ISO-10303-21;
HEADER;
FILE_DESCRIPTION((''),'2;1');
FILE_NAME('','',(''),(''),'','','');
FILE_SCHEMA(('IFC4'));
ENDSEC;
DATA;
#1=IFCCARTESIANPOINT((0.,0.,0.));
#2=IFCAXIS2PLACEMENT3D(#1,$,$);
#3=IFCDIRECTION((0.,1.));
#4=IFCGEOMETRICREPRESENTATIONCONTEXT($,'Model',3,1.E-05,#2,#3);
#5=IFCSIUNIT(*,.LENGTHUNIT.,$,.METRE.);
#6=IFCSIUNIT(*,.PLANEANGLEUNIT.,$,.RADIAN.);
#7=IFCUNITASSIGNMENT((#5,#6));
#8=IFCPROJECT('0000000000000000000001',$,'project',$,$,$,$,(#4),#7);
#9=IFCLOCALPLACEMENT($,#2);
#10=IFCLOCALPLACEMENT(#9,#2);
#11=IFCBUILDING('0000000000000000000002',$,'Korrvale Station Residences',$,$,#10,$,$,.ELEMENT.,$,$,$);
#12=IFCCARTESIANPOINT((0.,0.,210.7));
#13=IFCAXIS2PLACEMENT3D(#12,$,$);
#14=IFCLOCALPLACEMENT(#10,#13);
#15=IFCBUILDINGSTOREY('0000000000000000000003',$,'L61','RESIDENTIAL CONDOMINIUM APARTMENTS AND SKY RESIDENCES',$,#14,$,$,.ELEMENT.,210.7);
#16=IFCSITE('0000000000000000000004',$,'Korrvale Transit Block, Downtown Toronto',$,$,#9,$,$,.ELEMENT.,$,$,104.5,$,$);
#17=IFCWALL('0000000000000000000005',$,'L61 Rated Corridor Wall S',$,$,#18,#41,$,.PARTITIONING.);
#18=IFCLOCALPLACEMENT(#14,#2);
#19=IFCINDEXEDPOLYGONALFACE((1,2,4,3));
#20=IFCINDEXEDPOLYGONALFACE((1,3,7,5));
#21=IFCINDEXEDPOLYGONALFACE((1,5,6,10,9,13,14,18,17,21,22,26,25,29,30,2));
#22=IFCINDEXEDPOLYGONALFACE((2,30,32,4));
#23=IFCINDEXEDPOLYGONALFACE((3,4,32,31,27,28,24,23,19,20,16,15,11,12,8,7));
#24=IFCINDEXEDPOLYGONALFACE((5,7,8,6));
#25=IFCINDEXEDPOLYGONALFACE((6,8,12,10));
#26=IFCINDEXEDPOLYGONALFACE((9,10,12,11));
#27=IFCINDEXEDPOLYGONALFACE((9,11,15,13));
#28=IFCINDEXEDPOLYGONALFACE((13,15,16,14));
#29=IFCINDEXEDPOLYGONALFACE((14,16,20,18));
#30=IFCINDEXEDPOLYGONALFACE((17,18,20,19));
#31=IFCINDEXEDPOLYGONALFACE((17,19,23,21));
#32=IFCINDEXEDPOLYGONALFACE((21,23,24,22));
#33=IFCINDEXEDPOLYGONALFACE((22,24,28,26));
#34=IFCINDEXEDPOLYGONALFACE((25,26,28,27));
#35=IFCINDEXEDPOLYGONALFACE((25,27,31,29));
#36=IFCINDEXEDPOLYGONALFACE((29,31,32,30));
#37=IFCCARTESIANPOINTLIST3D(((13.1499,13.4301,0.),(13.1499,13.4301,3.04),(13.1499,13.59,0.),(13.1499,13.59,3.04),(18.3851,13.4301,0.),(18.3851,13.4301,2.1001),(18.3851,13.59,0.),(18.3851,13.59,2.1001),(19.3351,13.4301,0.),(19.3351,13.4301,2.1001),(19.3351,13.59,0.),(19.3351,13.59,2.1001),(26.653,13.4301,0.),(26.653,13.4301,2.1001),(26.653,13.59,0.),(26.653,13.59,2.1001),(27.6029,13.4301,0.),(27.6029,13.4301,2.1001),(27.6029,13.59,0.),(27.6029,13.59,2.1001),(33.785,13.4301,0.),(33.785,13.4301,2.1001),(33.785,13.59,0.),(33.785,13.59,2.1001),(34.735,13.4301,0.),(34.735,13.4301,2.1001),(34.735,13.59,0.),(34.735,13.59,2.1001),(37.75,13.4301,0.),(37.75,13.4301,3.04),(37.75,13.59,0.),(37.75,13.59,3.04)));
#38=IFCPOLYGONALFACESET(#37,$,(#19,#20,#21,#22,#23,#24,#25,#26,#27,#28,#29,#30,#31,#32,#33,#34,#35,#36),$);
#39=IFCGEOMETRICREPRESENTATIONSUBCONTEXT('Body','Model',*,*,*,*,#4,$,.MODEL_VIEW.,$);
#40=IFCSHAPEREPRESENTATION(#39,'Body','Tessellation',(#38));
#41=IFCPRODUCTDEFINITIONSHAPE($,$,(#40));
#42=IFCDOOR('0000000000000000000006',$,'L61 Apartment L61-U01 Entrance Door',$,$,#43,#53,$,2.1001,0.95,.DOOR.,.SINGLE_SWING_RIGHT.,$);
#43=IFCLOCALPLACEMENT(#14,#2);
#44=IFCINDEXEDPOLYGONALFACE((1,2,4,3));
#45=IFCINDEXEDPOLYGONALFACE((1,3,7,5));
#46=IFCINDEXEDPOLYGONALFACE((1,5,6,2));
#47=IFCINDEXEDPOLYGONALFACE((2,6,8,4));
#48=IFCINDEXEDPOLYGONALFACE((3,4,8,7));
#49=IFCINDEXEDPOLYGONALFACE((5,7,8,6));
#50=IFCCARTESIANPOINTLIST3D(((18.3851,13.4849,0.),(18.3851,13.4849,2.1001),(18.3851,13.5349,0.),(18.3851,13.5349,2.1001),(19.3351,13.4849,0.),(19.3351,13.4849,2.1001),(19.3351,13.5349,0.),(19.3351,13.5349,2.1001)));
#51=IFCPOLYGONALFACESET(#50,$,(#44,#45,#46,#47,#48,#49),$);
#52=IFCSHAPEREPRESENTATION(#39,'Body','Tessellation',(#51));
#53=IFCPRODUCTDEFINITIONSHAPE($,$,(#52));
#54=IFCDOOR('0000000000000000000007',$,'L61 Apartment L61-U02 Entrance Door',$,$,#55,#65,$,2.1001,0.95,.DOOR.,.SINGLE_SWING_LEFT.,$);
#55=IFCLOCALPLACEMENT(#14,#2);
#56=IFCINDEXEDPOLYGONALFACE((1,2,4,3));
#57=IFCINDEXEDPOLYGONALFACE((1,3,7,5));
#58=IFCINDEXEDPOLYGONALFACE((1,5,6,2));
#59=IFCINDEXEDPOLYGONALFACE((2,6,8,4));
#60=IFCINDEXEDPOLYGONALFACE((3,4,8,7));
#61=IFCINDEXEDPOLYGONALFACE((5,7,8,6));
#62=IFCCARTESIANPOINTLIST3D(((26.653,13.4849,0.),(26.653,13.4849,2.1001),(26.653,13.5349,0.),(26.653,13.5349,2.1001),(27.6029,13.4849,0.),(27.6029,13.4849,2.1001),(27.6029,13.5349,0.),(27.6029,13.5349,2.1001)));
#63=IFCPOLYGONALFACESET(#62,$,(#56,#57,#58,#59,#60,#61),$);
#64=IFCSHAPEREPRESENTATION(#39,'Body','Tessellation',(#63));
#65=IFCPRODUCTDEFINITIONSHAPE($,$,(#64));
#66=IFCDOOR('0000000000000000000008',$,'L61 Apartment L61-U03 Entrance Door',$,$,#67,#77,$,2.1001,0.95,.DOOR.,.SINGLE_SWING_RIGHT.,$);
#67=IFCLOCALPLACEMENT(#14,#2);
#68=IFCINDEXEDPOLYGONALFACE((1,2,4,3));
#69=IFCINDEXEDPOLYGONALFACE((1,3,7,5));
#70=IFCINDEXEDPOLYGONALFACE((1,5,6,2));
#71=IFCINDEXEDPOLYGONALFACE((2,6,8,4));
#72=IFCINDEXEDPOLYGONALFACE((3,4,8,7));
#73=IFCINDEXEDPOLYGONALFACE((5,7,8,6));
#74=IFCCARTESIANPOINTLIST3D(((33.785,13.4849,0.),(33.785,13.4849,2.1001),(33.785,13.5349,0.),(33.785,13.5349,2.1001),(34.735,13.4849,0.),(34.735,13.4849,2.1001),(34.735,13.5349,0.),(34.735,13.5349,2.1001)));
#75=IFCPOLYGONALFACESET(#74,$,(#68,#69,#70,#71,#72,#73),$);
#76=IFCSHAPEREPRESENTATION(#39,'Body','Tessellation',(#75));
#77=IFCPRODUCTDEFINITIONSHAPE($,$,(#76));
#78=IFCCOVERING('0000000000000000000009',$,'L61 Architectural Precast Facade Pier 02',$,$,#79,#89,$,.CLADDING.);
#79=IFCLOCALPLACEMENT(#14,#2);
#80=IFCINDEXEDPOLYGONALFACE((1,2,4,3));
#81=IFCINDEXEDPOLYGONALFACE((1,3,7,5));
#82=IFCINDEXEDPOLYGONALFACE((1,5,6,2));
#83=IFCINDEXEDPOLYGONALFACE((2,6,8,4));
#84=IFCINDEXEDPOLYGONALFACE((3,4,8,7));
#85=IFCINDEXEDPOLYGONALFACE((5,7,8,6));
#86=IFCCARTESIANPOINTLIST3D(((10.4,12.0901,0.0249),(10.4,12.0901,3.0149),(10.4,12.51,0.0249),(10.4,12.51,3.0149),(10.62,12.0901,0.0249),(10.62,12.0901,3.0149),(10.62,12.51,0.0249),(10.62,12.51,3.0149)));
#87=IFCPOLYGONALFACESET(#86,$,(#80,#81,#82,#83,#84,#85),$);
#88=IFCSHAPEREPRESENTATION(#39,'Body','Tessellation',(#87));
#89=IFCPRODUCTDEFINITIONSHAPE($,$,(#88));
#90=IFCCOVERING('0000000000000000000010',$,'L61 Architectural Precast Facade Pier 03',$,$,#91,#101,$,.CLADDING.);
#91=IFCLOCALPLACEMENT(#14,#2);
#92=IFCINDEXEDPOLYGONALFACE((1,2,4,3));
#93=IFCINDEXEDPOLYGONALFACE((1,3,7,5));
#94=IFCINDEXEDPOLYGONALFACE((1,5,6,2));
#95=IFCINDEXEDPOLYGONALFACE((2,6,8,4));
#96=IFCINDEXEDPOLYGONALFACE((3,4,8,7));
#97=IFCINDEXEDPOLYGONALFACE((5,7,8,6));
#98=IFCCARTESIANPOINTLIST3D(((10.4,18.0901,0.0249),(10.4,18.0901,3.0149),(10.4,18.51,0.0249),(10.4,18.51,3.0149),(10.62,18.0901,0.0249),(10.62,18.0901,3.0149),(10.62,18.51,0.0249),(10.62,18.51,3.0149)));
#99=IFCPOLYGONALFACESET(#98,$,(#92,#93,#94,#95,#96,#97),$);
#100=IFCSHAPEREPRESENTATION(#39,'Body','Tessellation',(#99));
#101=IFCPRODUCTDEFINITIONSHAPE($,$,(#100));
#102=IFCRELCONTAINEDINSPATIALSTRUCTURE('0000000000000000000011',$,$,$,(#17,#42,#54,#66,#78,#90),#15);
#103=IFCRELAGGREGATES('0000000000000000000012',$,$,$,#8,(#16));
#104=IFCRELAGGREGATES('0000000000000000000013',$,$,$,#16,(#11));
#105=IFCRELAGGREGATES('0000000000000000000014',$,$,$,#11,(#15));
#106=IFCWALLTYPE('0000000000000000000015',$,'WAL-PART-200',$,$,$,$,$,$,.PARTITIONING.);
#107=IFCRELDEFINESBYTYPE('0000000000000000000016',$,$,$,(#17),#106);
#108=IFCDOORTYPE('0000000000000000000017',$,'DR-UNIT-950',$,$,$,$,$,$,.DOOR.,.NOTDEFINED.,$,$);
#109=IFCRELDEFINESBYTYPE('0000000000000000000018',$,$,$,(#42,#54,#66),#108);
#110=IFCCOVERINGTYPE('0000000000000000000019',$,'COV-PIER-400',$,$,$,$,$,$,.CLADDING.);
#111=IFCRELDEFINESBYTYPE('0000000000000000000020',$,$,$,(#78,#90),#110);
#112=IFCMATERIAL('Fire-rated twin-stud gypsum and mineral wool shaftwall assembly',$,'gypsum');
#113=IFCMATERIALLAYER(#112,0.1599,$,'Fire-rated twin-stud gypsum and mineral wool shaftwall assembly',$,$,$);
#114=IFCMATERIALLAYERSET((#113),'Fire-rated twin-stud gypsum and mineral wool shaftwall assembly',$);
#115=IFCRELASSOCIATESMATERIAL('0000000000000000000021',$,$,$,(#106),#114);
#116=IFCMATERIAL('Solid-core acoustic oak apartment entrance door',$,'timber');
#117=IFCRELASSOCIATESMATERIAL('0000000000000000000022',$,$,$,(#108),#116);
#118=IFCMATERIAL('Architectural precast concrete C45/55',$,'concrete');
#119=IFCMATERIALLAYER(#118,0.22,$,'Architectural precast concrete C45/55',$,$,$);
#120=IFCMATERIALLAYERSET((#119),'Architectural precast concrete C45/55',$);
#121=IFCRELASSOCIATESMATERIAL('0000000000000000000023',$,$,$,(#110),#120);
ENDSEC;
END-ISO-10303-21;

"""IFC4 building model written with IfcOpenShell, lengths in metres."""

from ifc_helpers import new_model, si_unit, direction, frame, frame_2d, origin, origin_2d, place, context, subcontext, project, spatial, rectangle, extrude, material, layer, layer_set, type_object, element, fill, save


model = new_model("IFC4")

# Units and contexts
model_context = context("Model", 3, precision=1e-05, world=origin(), true_north=direction((0.0, 1.0)))
body_context = subcontext(model_context, "Body", "Model", "MODEL_VIEW")
ifc_project = project(units=[si_unit("LENGTHUNIT", "METRE"), si_unit("PLANEANGLEUNIT", "RADIAN")], contexts=[model_context])

# Site, building, storey
site_placement = place(None, origin())
site = spatial("IfcSite", under=ifc_project, at=site_placement, Name="Korrvale Transit Block, Downtown Toronto", CompositionType="ELEMENT", RefElevation=104.5)
building_placement = place(site_placement, origin())
building = spatial("IfcBuilding", under=site, at=building_placement, Name="Korrvale Station Residences", CompositionType="ELEMENT")
storey_placement = place(building_placement, frame((0.0, 0.0, 210.7)))
storey = spatial("IfcBuildingStorey", under=building, at=storey_placement, Name="L61", Description="RESIDENTIAL CONDOMINIUM APARTMENTS AND SKY RESIDENCES", CompositionType="ELEMENT", Elevation=210.7)

# Shared definitions
ifc_material_1 = material(Name="Fire-rated twin-stud gypsum and mineral wool shaftwall assembly", Category="gypsum")
ifc_layer_1 = layer(ifc_material_1, 0.1599, Name="Fire-rated twin-stud gypsum and mineral wool shaftwall assembly")
ifc_layer_set_1 = layer_set([ifc_layer_1], Name="Fire-rated twin-stud gypsum and mineral wool shaftwall assembly")
wall_type_1 = type_object("IfcWallType", Name="WAL-PART-200", PredefinedType="PARTITIONING", material=ifc_layer_set_1)

# Shared definitions
ifc_material_2 = material(Name="Solid-core acoustic oak apartment entrance door", Category="timber")
door_type_1 = type_object("IfcDoorType", Name="DR-UNIT-950", OperationType="NOTDEFINED", PredefinedType="DOOR", material=ifc_material_2)

# Wall, openings, doors
wall_1_placement = place(storey_placement, frame((13.1499, 13.51, 0.0), z_axis=(0.0, 0.0, 1.0), x_axis=(1.0, 0.0, 0.0)))
wall_1 = element("IfcWall", 1, at=wall_1_placement, inside=storey, type_object=wall_type_1, Name="L61 Rated Corridor Wall S", PredefinedType="PARTITIONING", context=body_context, shape_type="SweptSolid", body=[
    extrude(rectangle(XDim=24.6001, YDim=0.1599, at=frame_2d((12.3, 0.0))), origin(), (0.0, 0.0, 1.0), 3.04),
])
opening_1_placement = place(wall_1_placement, frame((5.2351, 0.0, 0.0)))
opening_1 = element("IfcOpeningElement", 2, at=opening_1_placement, cuts=wall_1, PredefinedType="OPENING", context=body_context, shape_type="SweptSolid", body=[
    extrude(rectangle(XDim=0.95, YDim=2.1001, at=frame_2d((0.4751, 1.05))), frame((0.0, 0.0898, 0.0), z_axis=(0.0, -1.0, 0.0), x_axis=(1.0, 0.0, 0.0)), (0.0, 0.0, 1.0), 0.1799),
])
opening_2_placement = place(wall_1_placement, frame((13.5029, 0.0, 0.0)))
opening_2 = element("IfcOpeningElement", 3, at=opening_2_placement, cuts=wall_1, PredefinedType="OPENING", context=body_context, shape_type="SweptSolid", body=[
    extrude(rectangle(XDim=0.95, YDim=2.1001, at=frame_2d((0.4751, 1.05))), frame((0.0, 0.0898, 0.0), z_axis=(0.0, -1.0, 0.0), x_axis=(1.0, 0.0, 0.0)), (0.0, 0.0, 1.0), 0.1799),
])
opening_3_placement = place(wall_1_placement, frame((20.635, 0.0, 0.0)))
opening_3 = element("IfcOpeningElement", 4, at=opening_3_placement, cuts=wall_1, PredefinedType="OPENING", context=body_context, shape_type="SweptSolid", body=[
    extrude(rectangle(XDim=0.95, YDim=2.1001, at=frame_2d((0.4751, 1.05))), frame((0.0, 0.0898, 0.0), z_axis=(0.0, -1.0, 0.0), x_axis=(1.0, 0.0, 0.0)), (0.0, 0.0, 1.0), 0.1799),
])
door_1_placement = place(opening_1_placement, origin())
door_1 = element("IfcDoor", 5, at=door_1_placement, inside=storey, type_object=door_type_1, Name="L61 Apartment L61-U01 Entrance Door", OperationType="SINGLE_SWING_RIGHT", OverallHeight=2.1001, OverallWidth=0.95, PredefinedType="DOOR", context=body_context, shape_type="SweptSolid", body=[
    extrude(rectangle(XDim=0.95, YDim=2.1001, at=frame_2d((0.4751, 1.05))), frame((0.0, 0.0249, 0.0), z_axis=(0.0, -1.0, 0.0), x_axis=(1.0, 0.0, 0.0)), (0.0, 0.0, 1.0), 0.05),
])
fill(opening_1, door_1)
door_2_placement = place(opening_2_placement, origin())
door_2 = element("IfcDoor", 6, at=door_2_placement, inside=storey, type_object=door_type_1, Name="L61 Apartment L61-U02 Entrance Door", OperationType="SINGLE_SWING_LEFT", OverallHeight=2.1001, OverallWidth=0.95, PredefinedType="DOOR", context=body_context, shape_type="SweptSolid", body=[
    extrude(rectangle(XDim=0.95, YDim=2.1001, at=frame_2d((0.4751, 1.05))), frame((0.0, 0.0249, 0.0), z_axis=(0.0, -1.0, 0.0), x_axis=(1.0, 0.0, 0.0)), (0.0, 0.0, 1.0), 0.05),
])
fill(opening_2, door_2)
door_3_placement = place(opening_3_placement, origin())
door_3 = element("IfcDoor", 7, at=door_3_placement, inside=storey, type_object=door_type_1, Name="L61 Apartment L61-U03 Entrance Door", OperationType="SINGLE_SWING_RIGHT", OverallHeight=2.1001, OverallWidth=0.95, PredefinedType="DOOR", context=body_context, shape_type="SweptSolid", body=[
    extrude(rectangle(XDim=0.95, YDim=2.1001, at=frame_2d((0.4751, 1.05))), frame((0.0, 0.0249, 0.0), z_axis=(0.0, -1.0, 0.0), x_axis=(1.0, 0.0, 0.0)), (0.0, 0.0, 1.0), 0.05),
])
fill(opening_3, door_3)

# Coverings
ifc_material_3 = material(Name="Architectural precast concrete C45/55", Category="concrete")
ifc_layer_2 = layer(ifc_material_3, 0.22, Name="Architectural precast concrete C45/55")
ifc_layer_set_2 = layer_set([ifc_layer_2], Name="Architectural precast concrete C45/55")
covering_type = type_object("IfcCoveringType", Name="COV-PIER-400", PredefinedType="CLADDING", material=ifc_layer_set_2)
for number, where, z_axis, x_axis, name in (
    (8, (10.51, 12.3, 0.0249), (0.0, 0.0, 1.0), (0.0, 1.0, 0.0), "L61 Architectural Precast Facade Pier 02"),
    (9, (10.51, 18.3, 0.0249), (0.0, 0.0, 1.0), (0.0, 1.0, 0.0), "L61 Architectural Precast Facade Pier 03"),
):
    element("IfcCovering", number, at=place(storey_placement, frame(where, z_axis=z_axis, x_axis=x_axis)), inside=storey, type_object=covering_type, Name=name, PredefinedType="CLADDING", context=body_context, shape_type="SweptSolid", body=[
        extrude(rectangle(XDim=0.4199, YDim=0.22, at=origin_2d()), origin(), (0.0, 0.0, 1.0), 2.99),
    ])

save(model, "model.ifc")
